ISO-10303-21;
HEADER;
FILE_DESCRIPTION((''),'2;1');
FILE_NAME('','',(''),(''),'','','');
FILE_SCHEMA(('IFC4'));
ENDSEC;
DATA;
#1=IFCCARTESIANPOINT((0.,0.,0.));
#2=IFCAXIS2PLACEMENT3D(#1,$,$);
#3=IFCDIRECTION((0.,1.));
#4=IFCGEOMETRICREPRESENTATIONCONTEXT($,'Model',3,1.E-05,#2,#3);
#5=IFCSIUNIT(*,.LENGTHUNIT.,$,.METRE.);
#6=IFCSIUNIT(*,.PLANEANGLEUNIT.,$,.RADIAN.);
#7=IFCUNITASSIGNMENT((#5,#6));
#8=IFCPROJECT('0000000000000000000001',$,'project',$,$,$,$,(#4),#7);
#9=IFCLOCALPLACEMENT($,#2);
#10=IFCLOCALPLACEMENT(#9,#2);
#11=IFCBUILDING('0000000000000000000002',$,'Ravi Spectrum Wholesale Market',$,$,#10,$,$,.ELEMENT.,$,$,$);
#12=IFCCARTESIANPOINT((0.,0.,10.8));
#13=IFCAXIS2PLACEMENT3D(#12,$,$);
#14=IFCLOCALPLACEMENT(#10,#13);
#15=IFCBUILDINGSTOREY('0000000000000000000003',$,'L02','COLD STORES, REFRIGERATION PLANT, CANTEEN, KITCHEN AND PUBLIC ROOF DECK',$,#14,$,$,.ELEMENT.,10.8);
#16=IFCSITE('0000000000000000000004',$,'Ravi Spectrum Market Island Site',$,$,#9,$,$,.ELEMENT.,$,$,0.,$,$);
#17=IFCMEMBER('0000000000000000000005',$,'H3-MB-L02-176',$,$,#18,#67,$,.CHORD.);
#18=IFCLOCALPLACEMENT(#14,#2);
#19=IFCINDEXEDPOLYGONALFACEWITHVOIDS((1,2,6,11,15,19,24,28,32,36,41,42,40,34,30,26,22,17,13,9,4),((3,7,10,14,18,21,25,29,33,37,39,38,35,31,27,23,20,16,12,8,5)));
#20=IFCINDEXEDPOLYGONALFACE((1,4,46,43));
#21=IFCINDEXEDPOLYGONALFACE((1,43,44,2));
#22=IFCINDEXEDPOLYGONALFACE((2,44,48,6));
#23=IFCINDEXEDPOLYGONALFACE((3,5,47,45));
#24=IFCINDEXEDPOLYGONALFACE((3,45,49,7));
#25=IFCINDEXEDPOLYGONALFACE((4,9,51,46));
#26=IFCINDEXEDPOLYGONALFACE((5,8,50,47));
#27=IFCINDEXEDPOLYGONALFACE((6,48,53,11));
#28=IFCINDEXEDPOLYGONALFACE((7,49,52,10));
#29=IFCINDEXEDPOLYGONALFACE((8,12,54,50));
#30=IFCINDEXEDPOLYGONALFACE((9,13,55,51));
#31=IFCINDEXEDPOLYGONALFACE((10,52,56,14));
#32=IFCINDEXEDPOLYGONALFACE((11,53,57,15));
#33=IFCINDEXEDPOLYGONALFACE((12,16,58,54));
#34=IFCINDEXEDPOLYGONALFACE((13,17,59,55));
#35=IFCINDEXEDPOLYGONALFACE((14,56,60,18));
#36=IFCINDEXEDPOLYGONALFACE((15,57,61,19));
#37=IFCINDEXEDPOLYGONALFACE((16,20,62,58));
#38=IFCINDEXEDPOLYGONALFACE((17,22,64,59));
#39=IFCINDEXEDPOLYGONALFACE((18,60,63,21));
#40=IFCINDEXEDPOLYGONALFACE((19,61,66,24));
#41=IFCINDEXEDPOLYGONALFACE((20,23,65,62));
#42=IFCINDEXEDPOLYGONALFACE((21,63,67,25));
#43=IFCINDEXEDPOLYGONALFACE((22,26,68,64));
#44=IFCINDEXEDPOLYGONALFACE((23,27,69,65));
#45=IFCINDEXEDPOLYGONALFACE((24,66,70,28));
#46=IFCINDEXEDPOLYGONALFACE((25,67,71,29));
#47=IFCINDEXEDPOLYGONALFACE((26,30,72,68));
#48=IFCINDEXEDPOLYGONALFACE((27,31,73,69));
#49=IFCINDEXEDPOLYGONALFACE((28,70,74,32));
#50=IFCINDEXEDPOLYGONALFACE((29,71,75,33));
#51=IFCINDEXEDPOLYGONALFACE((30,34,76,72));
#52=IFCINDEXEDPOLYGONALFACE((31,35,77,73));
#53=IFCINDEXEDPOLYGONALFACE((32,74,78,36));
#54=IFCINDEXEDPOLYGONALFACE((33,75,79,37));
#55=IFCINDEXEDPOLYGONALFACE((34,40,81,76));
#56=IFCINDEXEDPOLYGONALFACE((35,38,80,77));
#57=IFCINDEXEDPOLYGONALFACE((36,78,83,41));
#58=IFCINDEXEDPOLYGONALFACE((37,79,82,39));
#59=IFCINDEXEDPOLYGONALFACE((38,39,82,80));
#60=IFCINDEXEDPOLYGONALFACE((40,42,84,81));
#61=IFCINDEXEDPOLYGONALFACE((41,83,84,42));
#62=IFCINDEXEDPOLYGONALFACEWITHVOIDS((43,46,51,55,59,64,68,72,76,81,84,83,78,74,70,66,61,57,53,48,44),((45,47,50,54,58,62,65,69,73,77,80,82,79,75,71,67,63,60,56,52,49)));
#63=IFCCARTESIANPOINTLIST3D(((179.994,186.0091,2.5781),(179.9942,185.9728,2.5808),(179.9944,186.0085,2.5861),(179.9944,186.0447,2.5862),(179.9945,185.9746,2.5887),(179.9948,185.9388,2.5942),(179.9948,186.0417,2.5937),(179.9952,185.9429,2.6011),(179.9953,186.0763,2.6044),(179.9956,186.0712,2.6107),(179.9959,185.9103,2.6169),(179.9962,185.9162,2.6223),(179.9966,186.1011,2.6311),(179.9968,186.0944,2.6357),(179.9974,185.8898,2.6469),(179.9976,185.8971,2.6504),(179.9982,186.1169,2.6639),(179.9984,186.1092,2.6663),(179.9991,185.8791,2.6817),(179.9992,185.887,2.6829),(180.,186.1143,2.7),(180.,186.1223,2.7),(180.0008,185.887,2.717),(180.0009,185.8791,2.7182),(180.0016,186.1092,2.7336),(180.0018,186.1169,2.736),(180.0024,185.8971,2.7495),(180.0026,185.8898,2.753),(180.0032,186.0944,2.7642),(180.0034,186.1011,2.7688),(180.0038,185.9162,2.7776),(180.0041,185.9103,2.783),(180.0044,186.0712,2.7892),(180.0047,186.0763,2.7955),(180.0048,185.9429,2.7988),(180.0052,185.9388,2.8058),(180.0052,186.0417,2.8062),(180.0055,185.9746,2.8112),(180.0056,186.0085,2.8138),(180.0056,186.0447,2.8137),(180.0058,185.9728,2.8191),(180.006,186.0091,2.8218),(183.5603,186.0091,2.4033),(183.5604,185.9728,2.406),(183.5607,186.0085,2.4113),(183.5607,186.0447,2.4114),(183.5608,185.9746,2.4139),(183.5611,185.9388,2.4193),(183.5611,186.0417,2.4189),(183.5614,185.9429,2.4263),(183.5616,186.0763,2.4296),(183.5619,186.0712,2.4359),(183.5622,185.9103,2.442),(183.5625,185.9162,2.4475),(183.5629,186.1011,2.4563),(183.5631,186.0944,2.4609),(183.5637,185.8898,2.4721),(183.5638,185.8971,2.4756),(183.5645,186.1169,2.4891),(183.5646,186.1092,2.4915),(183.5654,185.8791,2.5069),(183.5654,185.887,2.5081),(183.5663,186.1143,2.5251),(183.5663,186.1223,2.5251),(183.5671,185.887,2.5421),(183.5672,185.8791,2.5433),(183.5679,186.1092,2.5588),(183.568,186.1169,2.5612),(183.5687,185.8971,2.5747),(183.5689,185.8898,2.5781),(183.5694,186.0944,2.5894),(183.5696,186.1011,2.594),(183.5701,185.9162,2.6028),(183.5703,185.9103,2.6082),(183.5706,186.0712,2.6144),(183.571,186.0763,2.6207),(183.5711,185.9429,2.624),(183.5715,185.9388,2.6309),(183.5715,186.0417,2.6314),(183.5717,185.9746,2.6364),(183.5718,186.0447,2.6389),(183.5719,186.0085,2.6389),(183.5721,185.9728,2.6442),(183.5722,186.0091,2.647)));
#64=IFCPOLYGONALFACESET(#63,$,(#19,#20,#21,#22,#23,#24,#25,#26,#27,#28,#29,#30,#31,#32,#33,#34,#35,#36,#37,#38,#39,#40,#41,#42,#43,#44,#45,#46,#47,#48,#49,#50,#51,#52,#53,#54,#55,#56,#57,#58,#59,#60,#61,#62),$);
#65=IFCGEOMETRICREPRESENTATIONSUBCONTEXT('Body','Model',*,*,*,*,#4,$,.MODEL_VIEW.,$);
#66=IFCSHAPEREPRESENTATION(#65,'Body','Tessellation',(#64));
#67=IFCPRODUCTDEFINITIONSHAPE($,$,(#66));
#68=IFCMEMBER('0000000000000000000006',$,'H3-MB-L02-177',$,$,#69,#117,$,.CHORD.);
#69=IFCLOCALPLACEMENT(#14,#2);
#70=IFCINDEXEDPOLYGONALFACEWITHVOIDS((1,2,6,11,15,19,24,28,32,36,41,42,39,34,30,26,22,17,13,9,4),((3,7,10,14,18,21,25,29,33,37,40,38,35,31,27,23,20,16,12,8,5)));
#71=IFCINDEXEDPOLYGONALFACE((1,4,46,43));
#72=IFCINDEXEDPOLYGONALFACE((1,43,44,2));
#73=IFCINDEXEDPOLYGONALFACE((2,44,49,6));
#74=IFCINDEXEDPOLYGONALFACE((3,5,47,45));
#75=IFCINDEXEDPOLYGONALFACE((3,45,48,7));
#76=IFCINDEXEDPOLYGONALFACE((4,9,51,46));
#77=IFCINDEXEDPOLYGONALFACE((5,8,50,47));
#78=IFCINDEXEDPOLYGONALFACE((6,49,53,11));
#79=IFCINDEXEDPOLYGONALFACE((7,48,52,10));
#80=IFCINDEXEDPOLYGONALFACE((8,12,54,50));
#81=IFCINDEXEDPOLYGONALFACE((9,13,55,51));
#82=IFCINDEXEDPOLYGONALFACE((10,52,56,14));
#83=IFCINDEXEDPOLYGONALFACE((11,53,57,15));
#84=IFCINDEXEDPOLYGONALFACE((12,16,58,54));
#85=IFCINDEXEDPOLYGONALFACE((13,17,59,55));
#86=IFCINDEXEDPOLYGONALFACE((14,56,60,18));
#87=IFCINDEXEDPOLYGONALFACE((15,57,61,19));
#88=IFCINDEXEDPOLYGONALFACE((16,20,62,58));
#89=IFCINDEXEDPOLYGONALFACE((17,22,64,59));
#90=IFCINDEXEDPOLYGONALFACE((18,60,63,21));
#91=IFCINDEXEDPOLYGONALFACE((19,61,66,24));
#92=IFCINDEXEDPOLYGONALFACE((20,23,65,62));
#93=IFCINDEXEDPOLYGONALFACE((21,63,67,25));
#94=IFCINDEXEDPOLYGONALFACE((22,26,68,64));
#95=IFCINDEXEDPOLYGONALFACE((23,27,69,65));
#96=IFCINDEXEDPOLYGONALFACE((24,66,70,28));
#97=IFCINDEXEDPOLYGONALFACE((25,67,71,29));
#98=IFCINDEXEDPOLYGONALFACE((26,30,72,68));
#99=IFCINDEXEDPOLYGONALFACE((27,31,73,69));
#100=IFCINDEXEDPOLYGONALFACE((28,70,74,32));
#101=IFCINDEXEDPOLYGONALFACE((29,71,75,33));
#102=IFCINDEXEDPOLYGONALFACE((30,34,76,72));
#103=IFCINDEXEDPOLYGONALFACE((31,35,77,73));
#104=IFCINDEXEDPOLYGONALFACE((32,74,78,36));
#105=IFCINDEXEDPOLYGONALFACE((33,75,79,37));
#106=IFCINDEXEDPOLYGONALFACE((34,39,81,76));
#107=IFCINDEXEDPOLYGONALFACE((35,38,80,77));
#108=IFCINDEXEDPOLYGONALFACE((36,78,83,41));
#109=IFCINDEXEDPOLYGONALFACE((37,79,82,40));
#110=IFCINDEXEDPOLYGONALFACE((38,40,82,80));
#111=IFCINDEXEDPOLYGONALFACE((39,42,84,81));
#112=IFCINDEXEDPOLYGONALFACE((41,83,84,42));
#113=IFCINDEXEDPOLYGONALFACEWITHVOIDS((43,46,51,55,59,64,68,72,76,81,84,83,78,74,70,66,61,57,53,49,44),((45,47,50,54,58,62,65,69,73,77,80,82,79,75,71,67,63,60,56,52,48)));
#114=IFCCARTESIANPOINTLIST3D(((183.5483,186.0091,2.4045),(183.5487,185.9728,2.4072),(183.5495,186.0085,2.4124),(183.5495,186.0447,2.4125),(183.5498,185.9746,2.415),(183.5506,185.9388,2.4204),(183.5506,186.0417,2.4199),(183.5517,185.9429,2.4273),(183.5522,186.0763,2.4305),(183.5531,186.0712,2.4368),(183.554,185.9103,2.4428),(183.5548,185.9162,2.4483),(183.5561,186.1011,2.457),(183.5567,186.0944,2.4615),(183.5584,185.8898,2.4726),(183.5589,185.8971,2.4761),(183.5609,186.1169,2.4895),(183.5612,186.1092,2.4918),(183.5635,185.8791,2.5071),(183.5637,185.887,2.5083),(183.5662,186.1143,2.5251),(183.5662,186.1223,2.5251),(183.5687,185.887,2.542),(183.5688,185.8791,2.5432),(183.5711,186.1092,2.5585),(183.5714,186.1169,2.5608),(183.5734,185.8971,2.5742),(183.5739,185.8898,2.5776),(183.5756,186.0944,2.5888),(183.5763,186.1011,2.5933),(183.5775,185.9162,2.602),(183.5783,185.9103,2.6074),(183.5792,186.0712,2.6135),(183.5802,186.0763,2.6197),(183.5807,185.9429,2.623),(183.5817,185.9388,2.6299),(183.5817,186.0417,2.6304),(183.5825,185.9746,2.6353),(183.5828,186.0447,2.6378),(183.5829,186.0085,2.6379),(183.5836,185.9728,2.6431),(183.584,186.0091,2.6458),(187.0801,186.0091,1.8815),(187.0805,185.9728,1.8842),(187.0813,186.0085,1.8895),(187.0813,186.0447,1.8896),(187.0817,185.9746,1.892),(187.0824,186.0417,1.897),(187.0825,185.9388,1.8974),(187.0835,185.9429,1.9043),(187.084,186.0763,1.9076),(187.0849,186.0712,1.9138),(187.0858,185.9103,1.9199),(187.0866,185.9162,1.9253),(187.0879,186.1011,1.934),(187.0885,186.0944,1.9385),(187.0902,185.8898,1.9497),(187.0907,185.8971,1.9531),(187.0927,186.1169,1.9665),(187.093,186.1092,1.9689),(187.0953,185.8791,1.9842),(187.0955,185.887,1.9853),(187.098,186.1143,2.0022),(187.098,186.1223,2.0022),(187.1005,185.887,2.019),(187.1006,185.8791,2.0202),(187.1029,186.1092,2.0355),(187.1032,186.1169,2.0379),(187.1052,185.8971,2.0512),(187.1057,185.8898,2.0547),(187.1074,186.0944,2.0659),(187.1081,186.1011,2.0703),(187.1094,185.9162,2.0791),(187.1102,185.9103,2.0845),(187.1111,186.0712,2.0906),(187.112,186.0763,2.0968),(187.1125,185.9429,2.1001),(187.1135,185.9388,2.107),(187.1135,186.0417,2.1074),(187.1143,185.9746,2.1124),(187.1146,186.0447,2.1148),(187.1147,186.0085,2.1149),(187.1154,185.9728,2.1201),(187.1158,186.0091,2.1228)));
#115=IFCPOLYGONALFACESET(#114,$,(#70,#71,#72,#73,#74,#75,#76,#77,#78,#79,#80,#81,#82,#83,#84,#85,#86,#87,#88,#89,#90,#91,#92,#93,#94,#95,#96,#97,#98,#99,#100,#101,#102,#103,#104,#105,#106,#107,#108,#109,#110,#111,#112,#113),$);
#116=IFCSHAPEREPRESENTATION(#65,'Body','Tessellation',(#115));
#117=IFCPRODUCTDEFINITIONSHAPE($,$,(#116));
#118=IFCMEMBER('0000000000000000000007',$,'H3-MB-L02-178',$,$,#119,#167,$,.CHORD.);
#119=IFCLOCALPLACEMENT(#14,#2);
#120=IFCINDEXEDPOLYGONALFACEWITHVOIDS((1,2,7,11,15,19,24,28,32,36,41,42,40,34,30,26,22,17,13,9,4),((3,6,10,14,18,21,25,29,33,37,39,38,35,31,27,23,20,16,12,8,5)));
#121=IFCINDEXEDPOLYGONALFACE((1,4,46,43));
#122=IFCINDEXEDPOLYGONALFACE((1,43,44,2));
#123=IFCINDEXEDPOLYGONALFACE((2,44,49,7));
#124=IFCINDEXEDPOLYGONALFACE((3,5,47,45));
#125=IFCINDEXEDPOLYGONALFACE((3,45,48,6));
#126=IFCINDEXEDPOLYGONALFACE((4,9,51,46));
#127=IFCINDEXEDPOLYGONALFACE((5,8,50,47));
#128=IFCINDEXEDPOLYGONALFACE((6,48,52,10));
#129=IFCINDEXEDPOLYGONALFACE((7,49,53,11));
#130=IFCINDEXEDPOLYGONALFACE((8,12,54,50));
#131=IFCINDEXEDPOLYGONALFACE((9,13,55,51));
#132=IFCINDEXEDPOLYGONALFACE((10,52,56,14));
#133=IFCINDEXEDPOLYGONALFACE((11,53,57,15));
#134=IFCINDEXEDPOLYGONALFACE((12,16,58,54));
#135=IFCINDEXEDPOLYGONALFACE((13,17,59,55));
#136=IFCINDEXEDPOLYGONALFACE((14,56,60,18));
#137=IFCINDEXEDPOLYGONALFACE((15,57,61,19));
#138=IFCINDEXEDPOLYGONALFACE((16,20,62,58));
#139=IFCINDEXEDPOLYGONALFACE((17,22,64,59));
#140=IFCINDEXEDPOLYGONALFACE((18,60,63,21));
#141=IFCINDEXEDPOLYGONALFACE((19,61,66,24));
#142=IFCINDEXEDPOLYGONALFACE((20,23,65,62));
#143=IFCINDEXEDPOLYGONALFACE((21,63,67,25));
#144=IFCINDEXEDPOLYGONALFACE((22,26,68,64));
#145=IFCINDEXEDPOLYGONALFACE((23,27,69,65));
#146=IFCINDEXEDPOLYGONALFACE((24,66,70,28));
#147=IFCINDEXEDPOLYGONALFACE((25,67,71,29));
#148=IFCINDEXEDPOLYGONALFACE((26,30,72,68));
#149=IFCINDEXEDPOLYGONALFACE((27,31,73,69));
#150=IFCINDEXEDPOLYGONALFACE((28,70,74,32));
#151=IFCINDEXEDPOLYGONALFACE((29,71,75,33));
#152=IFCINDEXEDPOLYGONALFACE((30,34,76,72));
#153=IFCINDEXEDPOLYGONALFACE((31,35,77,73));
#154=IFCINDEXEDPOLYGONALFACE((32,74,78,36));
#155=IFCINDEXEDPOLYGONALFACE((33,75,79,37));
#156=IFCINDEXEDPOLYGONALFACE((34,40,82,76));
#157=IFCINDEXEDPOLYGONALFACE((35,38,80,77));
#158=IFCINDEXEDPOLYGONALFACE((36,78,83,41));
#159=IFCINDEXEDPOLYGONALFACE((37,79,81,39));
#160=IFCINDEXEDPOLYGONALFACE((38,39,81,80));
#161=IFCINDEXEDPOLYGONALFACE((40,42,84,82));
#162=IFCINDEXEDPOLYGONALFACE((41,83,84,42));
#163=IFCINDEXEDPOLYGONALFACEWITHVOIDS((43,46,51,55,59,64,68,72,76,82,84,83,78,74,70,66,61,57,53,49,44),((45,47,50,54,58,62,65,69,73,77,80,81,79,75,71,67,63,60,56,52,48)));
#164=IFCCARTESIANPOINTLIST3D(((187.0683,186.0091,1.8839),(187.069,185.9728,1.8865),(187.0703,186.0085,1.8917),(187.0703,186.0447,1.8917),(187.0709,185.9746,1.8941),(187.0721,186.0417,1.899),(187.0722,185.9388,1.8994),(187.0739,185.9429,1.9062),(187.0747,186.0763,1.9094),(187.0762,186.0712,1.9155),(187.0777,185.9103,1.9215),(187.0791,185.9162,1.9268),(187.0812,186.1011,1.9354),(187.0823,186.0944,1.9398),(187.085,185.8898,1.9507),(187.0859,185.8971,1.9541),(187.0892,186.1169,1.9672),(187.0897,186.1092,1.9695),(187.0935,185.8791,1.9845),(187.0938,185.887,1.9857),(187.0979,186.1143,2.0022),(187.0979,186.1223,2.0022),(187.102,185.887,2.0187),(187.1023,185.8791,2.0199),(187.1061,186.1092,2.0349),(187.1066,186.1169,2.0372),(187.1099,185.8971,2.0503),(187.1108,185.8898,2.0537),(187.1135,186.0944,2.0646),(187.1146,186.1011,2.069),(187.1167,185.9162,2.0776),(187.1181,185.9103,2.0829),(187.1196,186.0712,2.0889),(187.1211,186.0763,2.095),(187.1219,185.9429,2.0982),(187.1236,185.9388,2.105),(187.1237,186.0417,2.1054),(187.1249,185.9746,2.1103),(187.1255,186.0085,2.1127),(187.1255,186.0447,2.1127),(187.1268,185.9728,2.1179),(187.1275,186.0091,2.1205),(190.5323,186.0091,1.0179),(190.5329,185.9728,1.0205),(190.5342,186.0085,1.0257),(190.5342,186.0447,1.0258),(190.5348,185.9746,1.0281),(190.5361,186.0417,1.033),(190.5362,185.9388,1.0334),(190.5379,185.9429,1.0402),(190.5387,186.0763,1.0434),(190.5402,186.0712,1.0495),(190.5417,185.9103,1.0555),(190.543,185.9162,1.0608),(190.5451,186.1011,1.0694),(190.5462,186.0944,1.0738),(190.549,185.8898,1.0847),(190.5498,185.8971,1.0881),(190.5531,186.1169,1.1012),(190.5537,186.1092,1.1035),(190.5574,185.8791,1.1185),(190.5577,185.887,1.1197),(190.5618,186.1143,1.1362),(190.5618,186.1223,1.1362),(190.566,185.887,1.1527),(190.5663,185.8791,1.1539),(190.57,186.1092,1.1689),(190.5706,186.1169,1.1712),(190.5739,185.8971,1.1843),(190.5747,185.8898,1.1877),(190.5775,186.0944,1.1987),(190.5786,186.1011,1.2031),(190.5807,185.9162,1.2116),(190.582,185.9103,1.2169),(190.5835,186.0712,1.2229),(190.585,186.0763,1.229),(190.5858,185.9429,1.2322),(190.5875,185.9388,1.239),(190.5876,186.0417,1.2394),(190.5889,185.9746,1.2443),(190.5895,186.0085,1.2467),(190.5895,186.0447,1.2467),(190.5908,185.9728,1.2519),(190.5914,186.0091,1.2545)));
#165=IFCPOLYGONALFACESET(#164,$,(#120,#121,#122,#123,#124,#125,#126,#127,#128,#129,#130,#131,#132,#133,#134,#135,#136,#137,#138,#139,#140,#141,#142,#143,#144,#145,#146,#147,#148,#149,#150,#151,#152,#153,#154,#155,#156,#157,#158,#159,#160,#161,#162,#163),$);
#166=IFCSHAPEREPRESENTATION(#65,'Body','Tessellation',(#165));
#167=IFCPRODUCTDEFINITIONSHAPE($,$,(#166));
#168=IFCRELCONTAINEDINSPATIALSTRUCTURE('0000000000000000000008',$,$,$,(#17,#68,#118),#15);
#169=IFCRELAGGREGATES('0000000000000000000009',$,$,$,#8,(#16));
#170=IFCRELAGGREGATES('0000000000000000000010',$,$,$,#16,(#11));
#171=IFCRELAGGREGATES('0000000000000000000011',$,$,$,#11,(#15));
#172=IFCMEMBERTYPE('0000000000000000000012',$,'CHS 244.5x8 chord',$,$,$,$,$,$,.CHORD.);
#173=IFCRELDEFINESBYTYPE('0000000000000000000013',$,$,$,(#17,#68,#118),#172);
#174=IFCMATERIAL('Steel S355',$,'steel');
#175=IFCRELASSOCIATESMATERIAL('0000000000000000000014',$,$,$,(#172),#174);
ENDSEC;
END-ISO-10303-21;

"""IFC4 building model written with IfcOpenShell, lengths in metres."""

from ifc_helpers import new_model, si_unit, direction, frame, origin, origin_2d, place, context, subcontext, project, spatial, hollow_circle, extrude, material, material_profile, profile_set, type_object, element, save


model = new_model("IFC4")

# Units and contexts
model_context = context("Model", 3, precision=1e-05, world=origin(), true_north=direction((0.0, 1.0)))
body_context = subcontext(model_context, "Body", "Model", "MODEL_VIEW")
ifc_project = project(units=[si_unit("LENGTHUNIT", "METRE"), si_unit("PLANEANGLEUNIT", "RADIAN")], contexts=[model_context])

# Site, building, storey
site_placement = place(None, origin())
site = spatial("IfcSite", under=ifc_project, at=site_placement, Name="Ravi Spectrum Market Island Site", CompositionType="ELEMENT", RefElevation=0.0)
building_placement = place(site_placement, origin())
building = spatial("IfcBuilding", under=site, at=building_placement, Name="Ravi Spectrum Wholesale Market", CompositionType="ELEMENT")
storey_placement = place(building_placement, frame((0.0, 0.0, 10.8)))
storey = spatial("IfcBuildingStorey", under=building, at=storey_placement, Name="L02", Description="COLD STORES, REFRIGERATION PLANT, CANTEEN, KITCHEN AND PUBLIC ROOF DECK", CompositionType="ELEMENT", Elevation=10.8)

# Members
ifc_material_1 = material(Name="Steel S355", Category="steel")
ifc_material_profile_1 = material_profile(ifc_material_1, hollow_circle(Radius=0.1223, WallThickness=0.0081, at=origin_2d()))
ifc_profile_set_1 = profile_set([ifc_material_profile_1], Name="Steel S355")
member_type_1 = type_object("IfcMemberType", Name="CHS 244.5x8 chord", PredefinedType="CHORD", material=ifc_profile_set_1)
member_1_placement = place(storey_placement, frame((180.0, 186.0, 2.7), z_axis=(0.998801, 0.0, -0.048959), x_axis=(0.0, 1.0, 0.0)))
element("IfcMember", 1, at=member_1_placement, inside=storey, type_object=member_type_1, Name="H3-MB-L02-176", PredefinedType="CHORD", context=body_context, shape_type="SweptSolid", body=[
    extrude(hollow_circle(Radius=0.1223, WallThickness=0.0081, at=origin_2d()), origin(), (0.0, 0.0, 1.0), 3.5706),
])
member_2_placement = place(storey_placement, frame((183.5662, 186.0, 2.5251), z_axis=(0.989214, 0.0, -0.146474), x_axis=(0.0, 1.0, 0.0)))
element("IfcMember", 2, at=member_2_placement, inside=storey, type_object=member_type_1, Name="H3-MB-L02-177", PredefinedType="CHORD", context=body_context, shape_type="SweptSolid", body=[
    extrude(hollow_circle(Radius=0.1223, WallThickness=0.0081, at=origin_2d()), origin(), (0.0, 0.0, 1.0), 3.5703),
])
member_3_placement = place(storey_placement, frame((187.0979, 186.0, 2.0022), z_axis=(0.970143, 0.0, -0.242536), x_axis=(0.0, 1.0, 0.0)))
element("IfcMember", 3, at=member_3_placement, inside=storey, type_object=member_type_1, Name="H3-MB-L02-178", PredefinedType="CHORD", context=body_context, shape_type="SweptSolid", body=[
    extrude(hollow_circle(Radius=0.1223, WallThickness=0.0081, at=origin_2d()), origin(), (0.0, 0.0, 1.0), 3.5706),
])

save(model, "model.ifc")
